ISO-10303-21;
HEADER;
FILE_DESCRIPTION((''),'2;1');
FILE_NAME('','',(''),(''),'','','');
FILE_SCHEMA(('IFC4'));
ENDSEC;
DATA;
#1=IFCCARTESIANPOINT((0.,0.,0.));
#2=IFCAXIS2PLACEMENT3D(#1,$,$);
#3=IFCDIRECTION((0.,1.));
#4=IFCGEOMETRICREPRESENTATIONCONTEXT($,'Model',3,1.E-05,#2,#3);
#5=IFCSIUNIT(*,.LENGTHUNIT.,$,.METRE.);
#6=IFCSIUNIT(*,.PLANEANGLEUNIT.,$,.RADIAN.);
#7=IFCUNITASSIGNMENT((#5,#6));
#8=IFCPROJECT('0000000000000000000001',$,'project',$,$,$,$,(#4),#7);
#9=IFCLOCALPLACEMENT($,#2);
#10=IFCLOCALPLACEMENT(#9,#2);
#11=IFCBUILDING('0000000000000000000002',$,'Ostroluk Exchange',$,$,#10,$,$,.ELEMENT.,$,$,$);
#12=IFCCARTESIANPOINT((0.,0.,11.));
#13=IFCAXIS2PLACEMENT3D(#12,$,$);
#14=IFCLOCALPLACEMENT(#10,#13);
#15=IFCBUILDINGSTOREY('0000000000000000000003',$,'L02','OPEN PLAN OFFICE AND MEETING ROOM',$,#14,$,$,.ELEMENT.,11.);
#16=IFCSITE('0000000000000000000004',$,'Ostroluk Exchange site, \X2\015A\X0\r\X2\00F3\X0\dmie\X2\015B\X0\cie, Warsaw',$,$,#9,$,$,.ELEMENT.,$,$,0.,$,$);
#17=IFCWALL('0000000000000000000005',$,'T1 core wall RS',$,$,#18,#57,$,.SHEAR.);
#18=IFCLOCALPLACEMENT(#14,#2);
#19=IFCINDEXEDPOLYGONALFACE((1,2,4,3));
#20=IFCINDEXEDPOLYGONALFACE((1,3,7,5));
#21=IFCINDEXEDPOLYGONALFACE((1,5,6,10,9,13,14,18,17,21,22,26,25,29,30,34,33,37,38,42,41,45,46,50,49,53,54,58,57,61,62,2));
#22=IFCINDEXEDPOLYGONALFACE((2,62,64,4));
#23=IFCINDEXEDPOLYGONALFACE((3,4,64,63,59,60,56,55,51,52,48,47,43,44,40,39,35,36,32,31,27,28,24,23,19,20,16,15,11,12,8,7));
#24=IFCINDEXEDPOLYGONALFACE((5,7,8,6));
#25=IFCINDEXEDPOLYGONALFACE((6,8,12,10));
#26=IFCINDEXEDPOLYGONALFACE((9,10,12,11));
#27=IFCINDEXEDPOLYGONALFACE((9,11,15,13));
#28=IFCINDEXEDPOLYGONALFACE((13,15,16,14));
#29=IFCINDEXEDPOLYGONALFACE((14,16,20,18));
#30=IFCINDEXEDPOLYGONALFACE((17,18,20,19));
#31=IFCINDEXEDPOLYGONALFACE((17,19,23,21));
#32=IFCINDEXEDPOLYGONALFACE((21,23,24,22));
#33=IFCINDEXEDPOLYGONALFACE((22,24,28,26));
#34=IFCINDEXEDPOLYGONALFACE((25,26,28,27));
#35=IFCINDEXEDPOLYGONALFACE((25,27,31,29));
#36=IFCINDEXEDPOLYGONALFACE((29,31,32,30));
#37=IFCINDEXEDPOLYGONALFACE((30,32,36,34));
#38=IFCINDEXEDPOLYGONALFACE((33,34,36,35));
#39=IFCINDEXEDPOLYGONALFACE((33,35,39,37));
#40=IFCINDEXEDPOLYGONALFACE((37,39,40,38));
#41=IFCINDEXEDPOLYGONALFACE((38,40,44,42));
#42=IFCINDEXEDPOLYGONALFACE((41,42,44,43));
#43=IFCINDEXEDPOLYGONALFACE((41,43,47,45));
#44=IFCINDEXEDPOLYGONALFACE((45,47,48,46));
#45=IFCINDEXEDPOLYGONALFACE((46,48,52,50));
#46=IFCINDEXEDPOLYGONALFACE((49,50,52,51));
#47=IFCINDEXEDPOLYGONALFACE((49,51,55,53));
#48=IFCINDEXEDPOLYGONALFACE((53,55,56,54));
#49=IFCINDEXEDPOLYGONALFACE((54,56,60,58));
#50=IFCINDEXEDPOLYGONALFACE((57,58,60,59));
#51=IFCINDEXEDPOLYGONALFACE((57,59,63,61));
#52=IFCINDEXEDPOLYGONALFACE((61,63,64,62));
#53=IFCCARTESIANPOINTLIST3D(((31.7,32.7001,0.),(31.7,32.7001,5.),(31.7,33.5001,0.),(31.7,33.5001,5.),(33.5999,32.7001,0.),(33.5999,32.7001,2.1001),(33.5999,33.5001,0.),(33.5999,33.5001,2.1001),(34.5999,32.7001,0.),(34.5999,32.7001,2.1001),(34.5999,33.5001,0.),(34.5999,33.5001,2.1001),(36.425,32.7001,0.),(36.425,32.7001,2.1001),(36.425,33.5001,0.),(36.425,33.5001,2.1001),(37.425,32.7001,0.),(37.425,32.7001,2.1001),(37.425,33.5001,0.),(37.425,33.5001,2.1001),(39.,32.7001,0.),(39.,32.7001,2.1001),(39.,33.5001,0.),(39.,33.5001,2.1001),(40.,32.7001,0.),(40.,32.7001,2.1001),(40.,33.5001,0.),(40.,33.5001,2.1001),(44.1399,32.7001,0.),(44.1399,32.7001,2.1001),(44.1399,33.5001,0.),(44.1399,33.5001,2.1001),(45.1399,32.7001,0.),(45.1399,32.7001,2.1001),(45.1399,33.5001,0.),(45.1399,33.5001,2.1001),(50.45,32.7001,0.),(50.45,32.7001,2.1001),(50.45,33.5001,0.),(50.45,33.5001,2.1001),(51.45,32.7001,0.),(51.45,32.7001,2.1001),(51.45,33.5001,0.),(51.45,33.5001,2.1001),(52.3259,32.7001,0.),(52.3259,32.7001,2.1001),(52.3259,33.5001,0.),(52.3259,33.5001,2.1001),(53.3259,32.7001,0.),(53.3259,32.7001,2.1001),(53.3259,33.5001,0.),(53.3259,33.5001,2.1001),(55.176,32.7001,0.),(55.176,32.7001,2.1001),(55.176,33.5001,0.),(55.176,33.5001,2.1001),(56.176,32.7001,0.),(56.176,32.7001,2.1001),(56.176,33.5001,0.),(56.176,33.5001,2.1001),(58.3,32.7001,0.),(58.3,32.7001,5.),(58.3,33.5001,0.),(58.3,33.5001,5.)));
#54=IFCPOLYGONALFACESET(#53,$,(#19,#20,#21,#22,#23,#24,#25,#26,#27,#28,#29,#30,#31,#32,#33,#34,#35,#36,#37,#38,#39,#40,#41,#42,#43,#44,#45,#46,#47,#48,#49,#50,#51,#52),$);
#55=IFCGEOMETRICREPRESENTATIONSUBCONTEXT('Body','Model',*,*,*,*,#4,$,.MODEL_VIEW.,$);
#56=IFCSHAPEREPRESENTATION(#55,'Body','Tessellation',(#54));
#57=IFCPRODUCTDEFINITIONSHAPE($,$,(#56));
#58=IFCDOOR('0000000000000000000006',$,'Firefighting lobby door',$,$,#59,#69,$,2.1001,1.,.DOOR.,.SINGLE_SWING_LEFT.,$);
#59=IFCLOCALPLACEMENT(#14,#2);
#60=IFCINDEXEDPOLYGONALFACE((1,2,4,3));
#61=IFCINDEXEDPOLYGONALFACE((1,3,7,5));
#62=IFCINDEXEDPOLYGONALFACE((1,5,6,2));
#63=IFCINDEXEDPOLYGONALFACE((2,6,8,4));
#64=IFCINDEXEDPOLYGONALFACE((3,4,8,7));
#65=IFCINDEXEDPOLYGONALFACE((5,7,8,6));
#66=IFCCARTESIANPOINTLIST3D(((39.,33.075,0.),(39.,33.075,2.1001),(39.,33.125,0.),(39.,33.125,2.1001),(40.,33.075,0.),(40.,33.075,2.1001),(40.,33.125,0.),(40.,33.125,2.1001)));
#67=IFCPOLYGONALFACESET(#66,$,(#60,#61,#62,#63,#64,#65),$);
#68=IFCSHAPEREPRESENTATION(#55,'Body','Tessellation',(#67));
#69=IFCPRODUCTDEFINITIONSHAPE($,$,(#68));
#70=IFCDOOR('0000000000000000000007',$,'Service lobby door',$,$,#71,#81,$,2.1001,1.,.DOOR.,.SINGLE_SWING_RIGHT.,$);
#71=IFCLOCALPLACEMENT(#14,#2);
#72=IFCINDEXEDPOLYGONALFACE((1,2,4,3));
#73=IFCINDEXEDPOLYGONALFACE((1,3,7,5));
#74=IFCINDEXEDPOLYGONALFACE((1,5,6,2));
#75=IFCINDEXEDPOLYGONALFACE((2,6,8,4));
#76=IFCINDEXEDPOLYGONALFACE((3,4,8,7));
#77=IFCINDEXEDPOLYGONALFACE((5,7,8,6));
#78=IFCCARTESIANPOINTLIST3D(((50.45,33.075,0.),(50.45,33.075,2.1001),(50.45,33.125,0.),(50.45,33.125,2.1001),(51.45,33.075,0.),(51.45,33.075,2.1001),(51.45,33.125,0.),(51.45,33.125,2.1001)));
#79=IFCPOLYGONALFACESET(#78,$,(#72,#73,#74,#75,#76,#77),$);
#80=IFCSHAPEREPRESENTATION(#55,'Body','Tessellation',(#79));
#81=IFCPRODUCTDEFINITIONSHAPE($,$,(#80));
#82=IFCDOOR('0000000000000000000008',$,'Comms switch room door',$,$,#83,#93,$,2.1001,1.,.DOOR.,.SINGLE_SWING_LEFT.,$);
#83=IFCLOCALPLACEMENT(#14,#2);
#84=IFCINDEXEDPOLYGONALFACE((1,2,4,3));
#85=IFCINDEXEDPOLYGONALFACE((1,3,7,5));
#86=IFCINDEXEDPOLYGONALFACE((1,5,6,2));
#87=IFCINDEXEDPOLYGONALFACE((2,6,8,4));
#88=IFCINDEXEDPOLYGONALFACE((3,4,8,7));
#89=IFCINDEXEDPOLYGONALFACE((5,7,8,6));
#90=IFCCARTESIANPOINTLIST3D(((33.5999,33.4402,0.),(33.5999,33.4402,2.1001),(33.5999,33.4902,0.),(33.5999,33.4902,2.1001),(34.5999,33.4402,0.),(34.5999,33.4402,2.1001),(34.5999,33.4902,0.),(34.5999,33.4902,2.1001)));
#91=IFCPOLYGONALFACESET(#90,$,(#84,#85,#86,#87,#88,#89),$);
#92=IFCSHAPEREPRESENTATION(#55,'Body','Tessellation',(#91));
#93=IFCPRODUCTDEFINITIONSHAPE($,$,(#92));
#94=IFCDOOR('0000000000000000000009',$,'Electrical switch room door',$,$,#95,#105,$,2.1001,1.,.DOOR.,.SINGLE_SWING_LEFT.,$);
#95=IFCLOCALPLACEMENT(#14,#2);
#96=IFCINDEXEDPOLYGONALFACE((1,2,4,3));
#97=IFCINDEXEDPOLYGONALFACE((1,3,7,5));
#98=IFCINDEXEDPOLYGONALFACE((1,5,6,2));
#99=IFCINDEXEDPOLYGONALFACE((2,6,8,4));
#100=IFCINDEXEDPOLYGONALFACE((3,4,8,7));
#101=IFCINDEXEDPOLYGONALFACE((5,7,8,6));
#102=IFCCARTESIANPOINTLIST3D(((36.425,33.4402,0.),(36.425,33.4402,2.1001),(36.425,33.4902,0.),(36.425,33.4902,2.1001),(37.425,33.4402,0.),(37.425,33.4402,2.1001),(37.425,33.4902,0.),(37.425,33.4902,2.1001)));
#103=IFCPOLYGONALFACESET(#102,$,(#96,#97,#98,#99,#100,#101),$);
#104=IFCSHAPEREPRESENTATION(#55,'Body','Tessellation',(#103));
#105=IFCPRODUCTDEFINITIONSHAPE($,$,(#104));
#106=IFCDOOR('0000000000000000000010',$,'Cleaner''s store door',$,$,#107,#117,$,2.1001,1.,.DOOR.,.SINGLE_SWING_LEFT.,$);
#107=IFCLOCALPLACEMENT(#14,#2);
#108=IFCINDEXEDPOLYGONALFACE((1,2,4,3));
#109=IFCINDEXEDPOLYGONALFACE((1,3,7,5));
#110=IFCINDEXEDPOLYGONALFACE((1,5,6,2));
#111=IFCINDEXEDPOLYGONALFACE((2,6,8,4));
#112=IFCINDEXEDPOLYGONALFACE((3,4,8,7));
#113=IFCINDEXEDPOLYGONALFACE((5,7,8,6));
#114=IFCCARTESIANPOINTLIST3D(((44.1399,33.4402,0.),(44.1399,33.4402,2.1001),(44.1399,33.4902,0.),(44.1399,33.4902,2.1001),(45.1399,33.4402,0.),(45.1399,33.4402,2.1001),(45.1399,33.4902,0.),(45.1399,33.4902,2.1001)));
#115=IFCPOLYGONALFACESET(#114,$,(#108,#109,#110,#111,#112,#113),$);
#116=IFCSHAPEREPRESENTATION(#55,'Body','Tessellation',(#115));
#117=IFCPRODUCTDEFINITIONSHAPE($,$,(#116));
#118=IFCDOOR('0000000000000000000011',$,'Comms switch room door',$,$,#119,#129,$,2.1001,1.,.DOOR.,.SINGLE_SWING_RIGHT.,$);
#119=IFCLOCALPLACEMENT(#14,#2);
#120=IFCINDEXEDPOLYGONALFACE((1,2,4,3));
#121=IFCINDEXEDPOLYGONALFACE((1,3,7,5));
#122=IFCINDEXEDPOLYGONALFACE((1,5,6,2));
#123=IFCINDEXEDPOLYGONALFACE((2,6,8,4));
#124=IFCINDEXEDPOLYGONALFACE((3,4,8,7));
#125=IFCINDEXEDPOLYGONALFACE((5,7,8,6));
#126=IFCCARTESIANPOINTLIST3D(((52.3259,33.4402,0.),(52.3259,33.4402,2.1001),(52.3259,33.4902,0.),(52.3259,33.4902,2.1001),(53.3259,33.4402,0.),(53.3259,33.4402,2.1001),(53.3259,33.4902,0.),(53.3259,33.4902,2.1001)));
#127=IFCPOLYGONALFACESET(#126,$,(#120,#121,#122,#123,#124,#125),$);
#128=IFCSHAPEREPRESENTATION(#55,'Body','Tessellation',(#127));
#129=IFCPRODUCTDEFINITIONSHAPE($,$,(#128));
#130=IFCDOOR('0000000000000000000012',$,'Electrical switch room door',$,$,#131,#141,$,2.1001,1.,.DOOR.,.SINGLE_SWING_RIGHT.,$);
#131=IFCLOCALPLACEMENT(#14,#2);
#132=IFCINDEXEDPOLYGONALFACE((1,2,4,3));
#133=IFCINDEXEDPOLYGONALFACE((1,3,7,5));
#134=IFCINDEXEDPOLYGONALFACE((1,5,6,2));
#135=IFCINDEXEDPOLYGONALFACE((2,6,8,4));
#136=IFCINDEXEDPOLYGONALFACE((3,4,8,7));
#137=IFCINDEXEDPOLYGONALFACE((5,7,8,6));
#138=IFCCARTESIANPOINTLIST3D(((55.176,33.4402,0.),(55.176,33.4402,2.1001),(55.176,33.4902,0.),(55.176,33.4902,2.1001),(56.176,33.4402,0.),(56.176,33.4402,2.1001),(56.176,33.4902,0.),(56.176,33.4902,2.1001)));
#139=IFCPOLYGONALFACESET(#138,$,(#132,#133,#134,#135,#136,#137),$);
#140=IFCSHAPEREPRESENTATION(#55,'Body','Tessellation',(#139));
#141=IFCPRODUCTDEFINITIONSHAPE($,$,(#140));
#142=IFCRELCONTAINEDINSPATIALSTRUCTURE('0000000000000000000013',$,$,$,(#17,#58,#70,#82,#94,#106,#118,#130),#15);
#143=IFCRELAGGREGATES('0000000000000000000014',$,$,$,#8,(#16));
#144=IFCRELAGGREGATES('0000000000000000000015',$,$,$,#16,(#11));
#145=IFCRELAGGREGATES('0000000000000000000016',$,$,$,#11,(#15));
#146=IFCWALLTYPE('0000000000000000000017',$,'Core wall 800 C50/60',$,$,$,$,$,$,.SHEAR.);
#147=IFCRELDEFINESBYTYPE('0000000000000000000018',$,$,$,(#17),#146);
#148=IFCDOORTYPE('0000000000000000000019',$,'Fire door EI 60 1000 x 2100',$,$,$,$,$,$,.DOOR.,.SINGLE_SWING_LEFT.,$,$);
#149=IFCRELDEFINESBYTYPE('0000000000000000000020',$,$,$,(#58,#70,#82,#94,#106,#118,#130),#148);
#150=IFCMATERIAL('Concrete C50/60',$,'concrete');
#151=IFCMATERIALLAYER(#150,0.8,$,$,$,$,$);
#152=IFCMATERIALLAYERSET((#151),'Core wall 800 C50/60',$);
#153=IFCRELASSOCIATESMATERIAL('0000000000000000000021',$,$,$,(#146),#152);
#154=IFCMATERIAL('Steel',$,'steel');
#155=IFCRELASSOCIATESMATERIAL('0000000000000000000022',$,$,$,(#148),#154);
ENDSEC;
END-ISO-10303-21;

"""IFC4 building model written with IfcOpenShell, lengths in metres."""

from ifc_helpers import new_model, si_unit, direction, frame, frame_2d, origin, place, context, subcontext, project, spatial, rectangle, extrude, material, layer, layer_set, type_object, element, fill, save


model = new_model("IFC4")

# Units and contexts
model_context = context("Model", 3, precision=1e-05, world=origin(), true_north=direction((0.0, 1.0)))
body_context = subcontext(model_context, "Body", "Model", "MODEL_VIEW")
ifc_project = project(units=[si_unit("LENGTHUNIT", "METRE"), si_unit("PLANEANGLEUNIT", "RADIAN")], contexts=[model_context])

# Site, building, storey
site_placement = place(None, origin())
site = spatial("IfcSite", under=ifc_project, at=site_placement, Name="Ostroluk Exchange site, Śródmieście, Warsaw", CompositionType="ELEMENT", RefElevation=0.0)
building_placement = place(site_placement, origin())
building = spatial("IfcBuilding", under=site, at=building_placement, Name="Ostroluk Exchange", CompositionType="ELEMENT")
storey_placement = place(building_placement, frame((0.0, 0.0, 11.0)))
storey = spatial("IfcBuildingStorey", under=building, at=storey_placement, Name="L02", Description="OPEN PLAN OFFICE AND MEETING ROOM", CompositionType="ELEMENT", Elevation=11.0)

# Wall, openings, doors
ifc_material_1 = material(Name="Concrete C50/60", Category="concrete")
ifc_layer_1 = layer(ifc_material_1, 0.8)
ifc_layer_set_1 = layer_set([ifc_layer_1], Name="Core wall 800 C50/60")
wall_type_1 = type_object("IfcWallType", Name="Core wall 800 C50/60", PredefinedType="SHEAR", material=ifc_layer_set_1)
wall_1_placement = place(storey_placement, frame((31.7, 33.1001, 0.0), z_axis=(0.0, 0.0, 1.0), x_axis=(1.0, 0.0, 0.0)))
wall_1 = element("IfcWall", 1, at=wall_1_placement, inside=storey, type_object=wall_type_1, Name="T1 core wall RS", PredefinedType="SHEAR", context=body_context, shape_type="SweptSolid", body=[
    extrude(rectangle(XDim=26.6001, YDim=0.8, at=frame_2d((13.3, 0.0))), origin(), (0.0, 0.0, 1.0), 5.0),
])
opening_1_placement = place(wall_1_placement, frame((7.3, 0.0, 0.0)))
opening_1 = element("IfcOpeningElement", 2, at=opening_1_placement, cuts=wall_1, PredefinedType="OPENING", context=body_context, shape_type="SweptSolid", body=[
    extrude(rectangle(XDim=1.0, YDim=2.1001, at=frame_2d((0.5, 1.05))), frame((0.0, 0.4099, 0.0), z_axis=(0.0, -1.0, 0.0), x_axis=(1.0, 0.0, 0.0)), (0.0, 0.0, 1.0), 0.8201),
])
opening_2_placement = place(wall_1_placement, frame((18.75, 0.0, 0.0)))
opening_2 = element("IfcOpeningElement", 3, at=opening_2_placement, cuts=wall_1, PredefinedType="OPENING", context=body_context, shape_type="SweptSolid", body=[
    extrude(rectangle(XDim=1.0, YDim=2.1001, at=frame_2d((0.5, 1.05))), frame((0.0, 0.4099, 0.0), z_axis=(0.0, -1.0, 0.0), x_axis=(1.0, 0.0, 0.0)), (0.0, 0.0, 1.0), 0.8201),
])
opening_3_placement = place(wall_1_placement, frame((1.8999, 0.0, 0.0)))
opening_3 = element("IfcOpeningElement", 4, at=opening_3_placement, cuts=wall_1, PredefinedType="OPENING", context=body_context, shape_type="SweptSolid", body=[
    extrude(rectangle(XDim=1.0, YDim=2.1001, at=frame_2d((0.5, 1.05))), frame((0.0, 0.4099, 0.0), z_axis=(0.0, -1.0, 0.0), x_axis=(1.0, 0.0, 0.0)), (0.0, 0.0, 1.0), 0.8201),
])
opening_4_placement = place(wall_1_placement, frame((4.7251, 0.0, 0.0)))
opening_4 = element("IfcOpeningElement", 5, at=opening_4_placement, cuts=wall_1, PredefinedType="OPENING", context=body_context, shape_type="SweptSolid", body=[
    extrude(rectangle(XDim=1.0, YDim=2.1001, at=frame_2d((0.5, 1.05))), frame((0.0, 0.4099, 0.0), z_axis=(0.0, -1.0, 0.0), x_axis=(1.0, 0.0, 0.0)), (0.0, 0.0, 1.0), 0.8201),
])
opening_5_placement = place(wall_1_placement, frame((12.4399, 0.0, 0.0)))
opening_5 = element("IfcOpeningElement", 6, at=opening_5_placement, cuts=wall_1, PredefinedType="OPENING", context=body_context, shape_type="SweptSolid", body=[
    extrude(rectangle(XDim=1.0, YDim=2.1001, at=frame_2d((0.5, 1.05))), frame((0.0, 0.4099, 0.0), z_axis=(0.0, -1.0, 0.0), x_axis=(1.0, 0.0, 0.0)), (0.0, 0.0, 1.0), 0.8201),
])
opening_6_placement = place(wall_1_placement, frame((20.626, 0.0, 0.0)))
opening_6 = element("IfcOpeningElement", 7, at=opening_6_placement, cuts=wall_1, PredefinedType="OPENING", context=body_context, shape_type="SweptSolid", body=[
    extrude(rectangle(XDim=1.0, YDim=2.1001, at=frame_2d((0.5, 1.05))), frame((0.0, 0.4099, 0.0), z_axis=(0.0, -1.0, 0.0), x_axis=(1.0, 0.0, 0.0)), (0.0, 0.0, 1.0), 0.8201),
])
opening_7_placement = place(wall_1_placement, frame((23.4761, 0.0, 0.0)))
opening_7 = element("IfcOpeningElement", 8, at=opening_7_placement, cuts=wall_1, PredefinedType="OPENING", context=body_context, shape_type="SweptSolid", body=[
    extrude(rectangle(XDim=1.0, YDim=2.1001, at=frame_2d((0.5, 1.05))), frame((0.0, 0.4099, 0.0), z_axis=(0.0, -1.0, 0.0), x_axis=(1.0, 0.0, 0.0)), (0.0, 0.0, 1.0), 0.8201),
])
ifc_material_2 = material(Name="Steel", Category="steel")
door_type_1 = type_object("IfcDoorType", Name="Fire door EI 60 1000 x 2100", OperationType="SINGLE_SWING_LEFT", PredefinedType="DOOR", material=ifc_material_2)
door_1_placement = place(opening_1_placement, origin())
door_1 = element("IfcDoor", 9, at=door_1_placement, inside=storey, type_object=door_type_1, Name="Firefighting lobby door", OperationType="SINGLE_SWING_LEFT", OverallHeight=2.1001, OverallWidth=1.0, PredefinedType="DOOR", context=body_context, shape_type="SweptSolid", body=[
    extrude(rectangle(XDim=1.0, YDim=2.1001, at=frame_2d((0.5, 1.05))), frame((0.0, 0.0249, 0.0), z_axis=(0.0, -1.0, 0.0), x_axis=(1.0, 0.0, 0.0)), (0.0, 0.0, 1.0), 0.05),
])
fill(opening_1, door_1)
door_2_placement = place(opening_2_placement, origin())
door_2 = element("IfcDoor", 10, at=door_2_placement, inside=storey, type_object=door_type_1, Name="Service lobby door", OperationType="SINGLE_SWING_RIGHT", OverallHeight=2.1001, OverallWidth=1.0, PredefinedType="DOOR", context=body_context, shape_type="SweptSolid", body=[
    extrude(rectangle(XDim=1.0, YDim=2.1001, at=frame_2d((0.5, 1.05))), frame((0.0, 0.0249, 0.0), z_axis=(0.0, -1.0, 0.0), x_axis=(1.0, 0.0, 0.0)), (0.0, 0.0, 1.0), 0.05),
])
fill(opening_2, door_2)
door_3_placement = place(opening_3_placement, origin())
door_3 = element("IfcDoor", 11, at=door_3_placement, inside=storey, type_object=door_type_1, Name="Comms switch room door", OperationType="SINGLE_SWING_LEFT", OverallHeight=2.1001, OverallWidth=1.0, PredefinedType="DOOR", context=body_context, shape_type="SweptSolid", body=[
    extrude(rectangle(XDim=1.0, YDim=2.1001, at=frame_2d((0.5, 1.05))), frame((0.0, 0.3901, 0.0), z_axis=(0.0, -1.0, 0.0), x_axis=(1.0, 0.0, 0.0)), (0.0, 0.0, 1.0), 0.05),
])
fill(opening_3, door_3)
door_4_placement = place(opening_4_placement, origin())
door_4 = element("IfcDoor", 12, at=door_4_placement, inside=storey, type_object=door_type_1, Name="Electrical switch room door", OperationType="SINGLE_SWING_LEFT", OverallHeight=2.1001, OverallWidth=1.0, PredefinedType="DOOR", context=body_context, shape_type="SweptSolid", body=[
    extrude(rectangle(XDim=1.0, YDim=2.1001, at=frame_2d((0.5, 1.05))), frame((0.0, 0.3901, 0.0), z_axis=(0.0, -1.0, 0.0), x_axis=(1.0, 0.0, 0.0)), (0.0, 0.0, 1.0), 0.05),
])
fill(opening_4, door_4)
door_5_placement = place(opening_5_placement, origin())
door_5 = element("IfcDoor", 13, at=door_5_placement, inside=storey, type_object=door_type_1, Name="Cleaner's store door", OperationType="SINGLE_SWING_LEFT", OverallHeight=2.1001, OverallWidth=1.0, PredefinedType="DOOR", context=body_context, shape_type="SweptSolid", body=[
    extrude(rectangle(XDim=1.0, YDim=2.1001, at=frame_2d((0.5, 1.05))), frame((0.0, 0.3901, 0.0), z_axis=(0.0, -1.0, 0.0), x_axis=(1.0, 0.0, 0.0)), (0.0, 0.0, 1.0), 0.05),
])
fill(opening_5, door_5)
door_6_placement = place(opening_6_placement, origin())
door_6 = element("IfcDoor", 14, at=door_6_placement, inside=storey, type_object=door_type_1, Name="Comms switch room door", OperationType="SINGLE_SWING_RIGHT", OverallHeight=2.1001, OverallWidth=1.0, PredefinedType="DOOR", context=body_context, shape_type="SweptSolid", body=[
    extrude(rectangle(XDim=1.0, YDim=2.1001, at=frame_2d((0.5, 1.05))), frame((0.0, 0.3901, 0.0), z_axis=(0.0, -1.0, 0.0), x_axis=(1.0, 0.0, 0.0)), (0.0, 0.0, 1.0), 0.05),
])
fill(opening_6, door_6)
door_7_placement = place(opening_7_placement, origin())
door_7 = element("IfcDoor", 15, at=door_7_placement, inside=storey, type_object=door_type_1, Name="Electrical switch room door", OperationType="SINGLE_SWING_RIGHT", OverallHeight=2.1001, OverallWidth=1.0, PredefinedType="DOOR", context=body_context, shape_type="SweptSolid", body=[
    extrude(rectangle(XDim=1.0, YDim=2.1001, at=frame_2d((0.5, 1.05))), frame((0.0, 0.3901, 0.0), z_axis=(0.0, -1.0, 0.0), x_axis=(1.0, 0.0, 0.0)), (0.0, 0.0, 1.0), 0.05),
])
fill(opening_7, door_7)

save(model, "model.ifc")
